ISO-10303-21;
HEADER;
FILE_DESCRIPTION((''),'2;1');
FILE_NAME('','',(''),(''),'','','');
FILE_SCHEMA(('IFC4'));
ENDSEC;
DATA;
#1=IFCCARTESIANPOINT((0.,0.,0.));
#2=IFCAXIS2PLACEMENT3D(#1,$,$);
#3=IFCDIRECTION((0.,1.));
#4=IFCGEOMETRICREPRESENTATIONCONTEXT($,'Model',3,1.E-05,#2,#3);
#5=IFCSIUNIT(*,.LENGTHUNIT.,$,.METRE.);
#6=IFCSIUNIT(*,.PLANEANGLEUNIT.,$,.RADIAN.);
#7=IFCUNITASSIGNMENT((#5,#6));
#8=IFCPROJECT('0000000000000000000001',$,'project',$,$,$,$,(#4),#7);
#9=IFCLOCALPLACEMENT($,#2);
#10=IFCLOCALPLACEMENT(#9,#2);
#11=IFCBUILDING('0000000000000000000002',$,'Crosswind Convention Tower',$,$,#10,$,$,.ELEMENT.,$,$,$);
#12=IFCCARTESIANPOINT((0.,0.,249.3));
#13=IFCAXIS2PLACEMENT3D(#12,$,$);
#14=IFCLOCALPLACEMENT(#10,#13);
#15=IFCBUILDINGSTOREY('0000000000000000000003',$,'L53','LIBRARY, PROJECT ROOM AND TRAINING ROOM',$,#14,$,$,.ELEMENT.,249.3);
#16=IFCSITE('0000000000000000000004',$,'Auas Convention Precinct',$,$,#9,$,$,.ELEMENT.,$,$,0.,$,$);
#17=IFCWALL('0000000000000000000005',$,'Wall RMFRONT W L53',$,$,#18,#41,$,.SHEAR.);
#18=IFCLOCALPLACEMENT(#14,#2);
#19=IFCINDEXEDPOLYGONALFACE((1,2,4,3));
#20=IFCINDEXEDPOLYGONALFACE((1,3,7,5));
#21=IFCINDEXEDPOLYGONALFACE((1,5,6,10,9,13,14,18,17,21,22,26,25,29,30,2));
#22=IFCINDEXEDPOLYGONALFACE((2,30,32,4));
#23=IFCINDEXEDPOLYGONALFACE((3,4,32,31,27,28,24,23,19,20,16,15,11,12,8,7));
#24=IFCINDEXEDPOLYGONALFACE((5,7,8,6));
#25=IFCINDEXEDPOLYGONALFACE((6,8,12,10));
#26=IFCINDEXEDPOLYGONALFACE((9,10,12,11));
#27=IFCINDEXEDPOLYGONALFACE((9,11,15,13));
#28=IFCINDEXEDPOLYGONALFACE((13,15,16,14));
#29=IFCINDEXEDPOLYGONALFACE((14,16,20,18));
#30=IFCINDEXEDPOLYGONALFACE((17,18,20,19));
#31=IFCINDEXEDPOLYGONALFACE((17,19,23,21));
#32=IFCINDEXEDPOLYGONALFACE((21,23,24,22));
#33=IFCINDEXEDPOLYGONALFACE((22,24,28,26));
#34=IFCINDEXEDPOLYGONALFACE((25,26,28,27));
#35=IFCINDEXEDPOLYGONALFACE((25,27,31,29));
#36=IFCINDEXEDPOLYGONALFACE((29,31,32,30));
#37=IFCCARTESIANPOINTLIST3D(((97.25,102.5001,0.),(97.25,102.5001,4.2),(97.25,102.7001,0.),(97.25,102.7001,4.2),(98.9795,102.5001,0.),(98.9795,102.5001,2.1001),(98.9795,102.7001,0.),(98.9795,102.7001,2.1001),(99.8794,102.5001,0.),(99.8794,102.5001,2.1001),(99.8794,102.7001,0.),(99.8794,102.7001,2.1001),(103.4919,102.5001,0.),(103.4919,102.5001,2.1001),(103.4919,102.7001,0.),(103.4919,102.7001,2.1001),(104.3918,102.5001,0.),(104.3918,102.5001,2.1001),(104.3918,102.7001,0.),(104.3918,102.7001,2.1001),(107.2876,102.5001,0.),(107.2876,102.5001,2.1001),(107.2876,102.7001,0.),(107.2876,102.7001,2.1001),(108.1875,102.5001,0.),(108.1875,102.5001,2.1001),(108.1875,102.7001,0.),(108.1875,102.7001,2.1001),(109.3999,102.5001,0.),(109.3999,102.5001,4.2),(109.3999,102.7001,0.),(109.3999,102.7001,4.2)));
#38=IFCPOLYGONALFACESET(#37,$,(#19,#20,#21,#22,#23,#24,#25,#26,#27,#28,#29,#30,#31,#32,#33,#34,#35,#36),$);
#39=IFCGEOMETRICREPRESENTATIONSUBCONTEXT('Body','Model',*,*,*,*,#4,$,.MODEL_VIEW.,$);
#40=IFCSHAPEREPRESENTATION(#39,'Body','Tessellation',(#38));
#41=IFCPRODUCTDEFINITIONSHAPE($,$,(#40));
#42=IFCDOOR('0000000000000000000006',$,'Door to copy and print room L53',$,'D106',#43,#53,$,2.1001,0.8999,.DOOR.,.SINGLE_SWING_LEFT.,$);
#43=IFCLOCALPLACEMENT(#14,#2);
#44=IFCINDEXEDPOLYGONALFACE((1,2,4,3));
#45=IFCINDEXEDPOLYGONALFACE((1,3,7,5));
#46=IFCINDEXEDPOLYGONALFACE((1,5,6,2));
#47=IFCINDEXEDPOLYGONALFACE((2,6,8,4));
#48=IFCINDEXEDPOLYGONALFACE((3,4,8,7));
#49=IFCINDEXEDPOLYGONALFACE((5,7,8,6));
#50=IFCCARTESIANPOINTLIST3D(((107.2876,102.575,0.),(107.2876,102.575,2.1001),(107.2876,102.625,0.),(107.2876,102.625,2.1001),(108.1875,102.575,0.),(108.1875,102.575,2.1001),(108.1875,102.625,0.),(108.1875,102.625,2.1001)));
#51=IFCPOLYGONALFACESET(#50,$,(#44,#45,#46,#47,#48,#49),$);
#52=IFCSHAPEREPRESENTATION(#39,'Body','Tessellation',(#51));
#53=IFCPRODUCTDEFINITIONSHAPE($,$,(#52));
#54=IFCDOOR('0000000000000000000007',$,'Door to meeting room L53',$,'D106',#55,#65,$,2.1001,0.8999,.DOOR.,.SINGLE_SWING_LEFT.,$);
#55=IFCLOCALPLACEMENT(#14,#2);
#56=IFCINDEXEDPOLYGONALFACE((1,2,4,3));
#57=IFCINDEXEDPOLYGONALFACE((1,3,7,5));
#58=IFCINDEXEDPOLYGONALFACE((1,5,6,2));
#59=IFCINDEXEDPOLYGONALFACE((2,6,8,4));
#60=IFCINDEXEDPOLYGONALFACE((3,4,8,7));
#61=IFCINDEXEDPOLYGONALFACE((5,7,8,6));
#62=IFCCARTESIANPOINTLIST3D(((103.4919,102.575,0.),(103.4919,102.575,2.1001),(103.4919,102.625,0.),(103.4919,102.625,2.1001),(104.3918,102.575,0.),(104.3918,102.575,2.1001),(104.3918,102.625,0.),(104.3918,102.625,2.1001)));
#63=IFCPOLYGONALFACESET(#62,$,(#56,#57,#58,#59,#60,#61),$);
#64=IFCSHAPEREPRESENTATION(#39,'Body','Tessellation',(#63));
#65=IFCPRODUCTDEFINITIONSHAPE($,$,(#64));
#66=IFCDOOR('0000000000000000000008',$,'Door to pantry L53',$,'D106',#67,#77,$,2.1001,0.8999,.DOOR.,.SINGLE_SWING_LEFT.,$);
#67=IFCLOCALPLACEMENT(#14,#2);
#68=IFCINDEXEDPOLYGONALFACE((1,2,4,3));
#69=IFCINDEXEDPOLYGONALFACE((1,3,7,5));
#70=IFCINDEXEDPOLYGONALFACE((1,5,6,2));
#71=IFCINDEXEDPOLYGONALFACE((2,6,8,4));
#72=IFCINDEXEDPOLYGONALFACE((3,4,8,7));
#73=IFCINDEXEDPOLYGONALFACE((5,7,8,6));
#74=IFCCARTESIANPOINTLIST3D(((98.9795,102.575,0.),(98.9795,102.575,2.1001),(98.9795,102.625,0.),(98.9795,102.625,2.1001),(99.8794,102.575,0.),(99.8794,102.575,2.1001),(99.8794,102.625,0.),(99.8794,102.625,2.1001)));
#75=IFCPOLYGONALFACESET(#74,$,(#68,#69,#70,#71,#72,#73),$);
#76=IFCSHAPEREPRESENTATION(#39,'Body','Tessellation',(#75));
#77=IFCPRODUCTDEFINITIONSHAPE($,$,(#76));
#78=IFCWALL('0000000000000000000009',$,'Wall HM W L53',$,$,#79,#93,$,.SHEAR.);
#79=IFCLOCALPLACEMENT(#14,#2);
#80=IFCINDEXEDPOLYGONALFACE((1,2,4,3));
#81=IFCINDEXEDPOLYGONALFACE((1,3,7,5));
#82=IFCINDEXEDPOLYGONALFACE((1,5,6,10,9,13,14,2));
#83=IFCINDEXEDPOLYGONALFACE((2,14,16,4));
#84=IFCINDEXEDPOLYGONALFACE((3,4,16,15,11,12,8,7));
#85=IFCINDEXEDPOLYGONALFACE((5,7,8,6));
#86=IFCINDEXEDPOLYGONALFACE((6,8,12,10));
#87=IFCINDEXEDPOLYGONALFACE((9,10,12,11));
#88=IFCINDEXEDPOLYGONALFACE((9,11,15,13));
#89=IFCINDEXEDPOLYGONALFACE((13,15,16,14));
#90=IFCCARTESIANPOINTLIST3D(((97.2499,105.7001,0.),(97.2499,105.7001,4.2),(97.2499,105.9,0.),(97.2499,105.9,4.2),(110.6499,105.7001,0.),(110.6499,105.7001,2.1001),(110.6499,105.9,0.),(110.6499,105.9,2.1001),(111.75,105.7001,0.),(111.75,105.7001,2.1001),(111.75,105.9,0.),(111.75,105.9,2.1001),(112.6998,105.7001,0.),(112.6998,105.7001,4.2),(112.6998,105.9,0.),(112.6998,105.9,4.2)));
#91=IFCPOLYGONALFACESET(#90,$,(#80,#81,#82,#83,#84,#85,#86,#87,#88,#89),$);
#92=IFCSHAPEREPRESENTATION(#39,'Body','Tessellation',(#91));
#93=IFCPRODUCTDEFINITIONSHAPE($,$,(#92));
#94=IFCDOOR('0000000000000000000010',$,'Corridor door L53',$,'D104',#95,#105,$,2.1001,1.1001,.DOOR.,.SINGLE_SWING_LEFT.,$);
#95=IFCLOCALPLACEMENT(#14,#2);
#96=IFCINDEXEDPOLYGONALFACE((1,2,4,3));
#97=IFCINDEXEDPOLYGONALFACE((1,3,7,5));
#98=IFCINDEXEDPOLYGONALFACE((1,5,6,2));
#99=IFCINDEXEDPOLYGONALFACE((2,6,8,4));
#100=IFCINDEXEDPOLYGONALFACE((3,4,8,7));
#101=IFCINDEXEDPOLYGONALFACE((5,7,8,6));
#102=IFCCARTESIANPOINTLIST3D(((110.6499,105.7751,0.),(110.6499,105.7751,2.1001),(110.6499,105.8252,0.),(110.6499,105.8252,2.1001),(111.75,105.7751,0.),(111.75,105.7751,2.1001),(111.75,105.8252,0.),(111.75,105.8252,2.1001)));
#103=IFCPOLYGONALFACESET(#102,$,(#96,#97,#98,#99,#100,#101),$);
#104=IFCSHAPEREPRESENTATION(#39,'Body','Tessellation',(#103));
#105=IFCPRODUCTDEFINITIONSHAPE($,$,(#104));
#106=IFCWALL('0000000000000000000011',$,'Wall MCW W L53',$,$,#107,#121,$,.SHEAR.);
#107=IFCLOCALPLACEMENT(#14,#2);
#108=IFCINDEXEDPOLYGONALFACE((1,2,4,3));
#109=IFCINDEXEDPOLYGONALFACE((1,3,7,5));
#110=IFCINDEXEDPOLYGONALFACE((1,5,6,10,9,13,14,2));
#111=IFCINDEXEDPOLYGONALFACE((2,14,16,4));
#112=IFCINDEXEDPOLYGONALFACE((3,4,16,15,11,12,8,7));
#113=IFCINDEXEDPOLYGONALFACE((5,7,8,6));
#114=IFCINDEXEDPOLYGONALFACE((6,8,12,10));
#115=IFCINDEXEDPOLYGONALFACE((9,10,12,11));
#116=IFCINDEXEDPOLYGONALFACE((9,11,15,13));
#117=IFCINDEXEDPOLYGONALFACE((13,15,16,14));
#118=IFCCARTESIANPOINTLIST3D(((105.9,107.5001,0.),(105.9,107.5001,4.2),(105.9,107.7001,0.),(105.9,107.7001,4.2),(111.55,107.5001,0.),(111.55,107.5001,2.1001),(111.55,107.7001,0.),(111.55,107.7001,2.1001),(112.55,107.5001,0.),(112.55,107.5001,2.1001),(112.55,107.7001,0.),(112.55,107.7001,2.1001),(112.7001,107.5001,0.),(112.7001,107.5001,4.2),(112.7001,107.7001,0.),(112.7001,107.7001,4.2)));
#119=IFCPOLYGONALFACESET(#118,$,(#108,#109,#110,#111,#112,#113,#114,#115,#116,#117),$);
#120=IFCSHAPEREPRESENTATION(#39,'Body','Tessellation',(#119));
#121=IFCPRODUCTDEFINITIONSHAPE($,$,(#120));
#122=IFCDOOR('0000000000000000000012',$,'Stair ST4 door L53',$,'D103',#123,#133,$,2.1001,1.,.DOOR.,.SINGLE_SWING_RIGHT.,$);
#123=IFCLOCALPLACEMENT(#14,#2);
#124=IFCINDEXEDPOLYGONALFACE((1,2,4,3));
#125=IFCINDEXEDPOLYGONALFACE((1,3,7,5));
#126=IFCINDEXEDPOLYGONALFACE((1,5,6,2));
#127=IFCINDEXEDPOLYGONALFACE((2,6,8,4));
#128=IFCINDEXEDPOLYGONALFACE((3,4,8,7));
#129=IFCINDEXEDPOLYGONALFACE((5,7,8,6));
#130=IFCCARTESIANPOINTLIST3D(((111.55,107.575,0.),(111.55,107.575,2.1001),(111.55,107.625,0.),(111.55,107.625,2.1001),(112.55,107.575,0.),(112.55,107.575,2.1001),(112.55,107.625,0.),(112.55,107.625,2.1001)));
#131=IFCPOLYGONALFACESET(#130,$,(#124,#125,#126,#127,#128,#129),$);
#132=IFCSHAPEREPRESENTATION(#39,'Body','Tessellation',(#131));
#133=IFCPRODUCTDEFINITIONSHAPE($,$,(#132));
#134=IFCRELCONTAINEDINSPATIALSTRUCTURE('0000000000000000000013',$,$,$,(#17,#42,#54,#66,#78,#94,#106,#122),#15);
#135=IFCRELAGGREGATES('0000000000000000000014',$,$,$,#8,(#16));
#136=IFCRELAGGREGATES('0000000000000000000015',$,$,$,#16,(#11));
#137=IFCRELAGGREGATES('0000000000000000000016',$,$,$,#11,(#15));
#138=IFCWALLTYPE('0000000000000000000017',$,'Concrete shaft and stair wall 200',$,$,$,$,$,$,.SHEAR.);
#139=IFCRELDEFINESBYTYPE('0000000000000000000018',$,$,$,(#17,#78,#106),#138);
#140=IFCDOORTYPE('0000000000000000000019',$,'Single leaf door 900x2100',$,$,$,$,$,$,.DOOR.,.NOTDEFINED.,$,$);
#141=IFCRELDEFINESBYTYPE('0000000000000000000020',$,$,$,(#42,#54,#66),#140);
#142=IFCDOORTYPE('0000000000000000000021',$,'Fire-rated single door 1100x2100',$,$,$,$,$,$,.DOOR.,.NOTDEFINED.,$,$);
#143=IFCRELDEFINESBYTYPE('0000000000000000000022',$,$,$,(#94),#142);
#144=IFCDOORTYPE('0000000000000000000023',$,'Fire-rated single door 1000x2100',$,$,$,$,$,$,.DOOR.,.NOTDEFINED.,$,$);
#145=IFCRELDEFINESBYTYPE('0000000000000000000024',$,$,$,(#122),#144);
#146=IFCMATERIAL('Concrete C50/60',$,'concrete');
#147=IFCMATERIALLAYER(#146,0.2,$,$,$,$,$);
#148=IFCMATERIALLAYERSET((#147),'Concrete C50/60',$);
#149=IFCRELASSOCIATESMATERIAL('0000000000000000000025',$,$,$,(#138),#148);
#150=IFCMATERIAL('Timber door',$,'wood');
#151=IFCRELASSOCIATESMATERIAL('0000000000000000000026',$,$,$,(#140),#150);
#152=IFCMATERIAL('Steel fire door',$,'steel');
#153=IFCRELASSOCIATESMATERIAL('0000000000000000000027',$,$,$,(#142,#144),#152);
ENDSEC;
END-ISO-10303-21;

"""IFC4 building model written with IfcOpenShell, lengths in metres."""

from ifc_helpers import new_model, si_unit, direction, frame, frame_2d, origin, place, context, subcontext, project, spatial, rectangle, extrude, material, layer, layer_set, type_object, element, fill, save


model = new_model("IFC4")

# Units and contexts
model_context = context("Model", 3, precision=1e-05, world=origin(), true_north=direction((0.0, 1.0)))
body_context = subcontext(model_context, "Body", "Model", "MODEL_VIEW")
ifc_project = project(units=[si_unit("LENGTHUNIT", "METRE"), si_unit("PLANEANGLEUNIT", "RADIAN")], contexts=[model_context])

# Site, building, storey
site_placement = place(None, origin())
site = spatial("IfcSite", under=ifc_project, at=site_placement, Name="Auas Convention Precinct", CompositionType="ELEMENT", RefElevation=0.0)
building_placement = place(site_placement, origin())
building = spatial("IfcBuilding", under=site, at=building_placement, Name="Crosswind Convention Tower", CompositionType="ELEMENT")
storey_placement = place(building_placement, frame((0.0, 0.0, 249.3)))
storey = spatial("IfcBuildingStorey", under=building, at=storey_placement, Name="L53", Description="LIBRARY, PROJECT ROOM AND TRAINING ROOM", CompositionType="ELEMENT", Elevation=249.3)

# Shared definitions
ifc_material_1 = material(Name="Concrete C50/60", Category="concrete")

# Wall, openings, doors
ifc_layer_1 = layer(ifc_material_1, 0.2)
ifc_layer_set_1 = layer_set([ifc_layer_1], Name="Concrete C50/60")
wall_type_1 = type_object("IfcWallType", Name="Concrete shaft and stair wall 200", PredefinedType="SHEAR", material=ifc_layer_set_1)
wall_1_placement = place(storey_placement, frame((109.3999, 102.6001, 0.0), z_axis=(0.0, 0.0, 1.0), x_axis=(-1.0, 0.0, 0.0)))
wall_1 = element("IfcWall", 1, at=wall_1_placement, inside=storey, type_object=wall_type_1, Name="Wall RMFRONT W L53", PredefinedType="SHEAR", context=body_context, shape_type="SweptSolid", body=[
    extrude(rectangle(XDim=12.1499, YDim=0.2, at=frame_2d((6.075, 0.0))), origin(), (0.0, 0.0, 1.0), 4.2),
])
opening_1_placement = place(wall_1_placement, frame((1.2124, 0.0, 0.0)))
opening_1 = element("IfcOpeningElement", 2, at=opening_1_placement, cuts=wall_1, PredefinedType="OPENING", context=body_context, shape_type="SweptSolid", body=[
    extrude(rectangle(XDim=0.8999, YDim=2.1001, at=frame_2d((0.45, 1.05))), frame((0.0, 0.1099, 0.0), z_axis=(0.0, -1.0, 0.0), x_axis=(1.0, 0.0, 0.0)), (0.0, 0.0, 1.0), 0.22),
])
opening_2_placement = place(wall_1_placement, frame((5.0081, 0.0, 0.0)))
opening_2 = element("IfcOpeningElement", 3, at=opening_2_placement, cuts=wall_1, PredefinedType="OPENING", context=body_context, shape_type="SweptSolid", body=[
    extrude(rectangle(XDim=0.8999, YDim=2.1001, at=frame_2d((0.45, 1.05))), frame((0.0, 0.1099, 0.0), z_axis=(0.0, -1.0, 0.0), x_axis=(1.0, 0.0, 0.0)), (0.0, 0.0, 1.0), 0.22),
])
opening_3_placement = place(wall_1_placement, frame((9.5205, 0.0, 0.0)))
opening_3 = element("IfcOpeningElement", 4, at=opening_3_placement, cuts=wall_1, PredefinedType="OPENING", context=body_context, shape_type="SweptSolid", body=[
    extrude(rectangle(XDim=0.8999, YDim=2.1001, at=frame_2d((0.45, 1.05))), frame((0.0, 0.1099, 0.0), z_axis=(0.0, -1.0, 0.0), x_axis=(1.0, 0.0, 0.0)), (0.0, 0.0, 1.0), 0.22),
])
ifc_material_2 = material(Name="Timber door", Category="wood")
door_type_1 = type_object("IfcDoorType", Name="Single leaf door 900x2100", OperationType="NOTDEFINED", PredefinedType="DOOR", material=ifc_material_2)
door_1_placement = place(opening_1_placement, frame((0.8999, 0.0, 0.0), z_axis=(0.0, 0.0, 1.0), x_axis=(-1.0, 0.0, 0.0)))
door_1 = element("IfcDoor", 5, at=door_1_placement, inside=storey, type_object=door_type_1, Name="Door to copy and print room L53", ObjectType="D106", OperationType="SINGLE_SWING_LEFT", OverallHeight=2.1001, OverallWidth=0.8999, PredefinedType="DOOR", context=body_context, shape_type="SweptSolid", body=[
    extrude(rectangle(XDim=0.8999, YDim=2.1001, at=frame_2d((0.45, 1.05))), frame((0.0, 0.0249, 0.0), z_axis=(0.0, -1.0, 0.0), x_axis=(1.0, 0.0, 0.0)), (0.0, 0.0, 1.0), 0.05),
])
fill(opening_1, door_1)
door_2_placement = place(opening_2_placement, frame((0.8999, 0.0, 0.0), z_axis=(0.0, 0.0, 1.0), x_axis=(-1.0, 0.0, 0.0)))
door_2 = element("IfcDoor", 6, at=door_2_placement, inside=storey, type_object=door_type_1, Name="Door to meeting room L53", ObjectType="D106", OperationType="SINGLE_SWING_LEFT", OverallHeight=2.1001, OverallWidth=0.8999, PredefinedType="DOOR", context=body_context, shape_type="SweptSolid", body=[
    extrude(rectangle(XDim=0.8999, YDim=2.1001, at=frame_2d((0.45, 1.05))), frame((0.0, 0.0249, 0.0), z_axis=(0.0, -1.0, 0.0), x_axis=(1.0, 0.0, 0.0)), (0.0, 0.0, 1.0), 0.05),
])
fill(opening_2, door_2)
door_3_placement = place(opening_3_placement, frame((0.8999, 0.0, 0.0), z_axis=(0.0, 0.0, 1.0), x_axis=(-1.0, 0.0, 0.0)))
door_3 = element("IfcDoor", 7, at=door_3_placement, inside=storey, type_object=door_type_1, Name="Door to pantry L53", ObjectType="D106", OperationType="SINGLE_SWING_LEFT", OverallHeight=2.1001, OverallWidth=0.8999, PredefinedType="DOOR", context=body_context, shape_type="SweptSolid", body=[
    extrude(rectangle(XDim=0.8999, YDim=2.1001, at=frame_2d((0.45, 1.05))), frame((0.0, 0.0249, 0.0), z_axis=(0.0, -1.0, 0.0), x_axis=(1.0, 0.0, 0.0)), (0.0, 0.0, 1.0), 0.05),
])
fill(opening_3, door_3)

# Walls, openings, doors
wall_2_placement = place(storey_placement, frame((112.7, 105.8, 0.0), z_axis=(0.0, 0.0, 1.0), x_axis=(-1.0, 0.0, 0.0)))
wall_2 = element("IfcWall", 8, at=wall_2_placement, inside=storey, type_object=wall_type_1, Name="Wall HM W L53", PredefinedType="SHEAR", context=body_context, shape_type="SweptSolid", body=[
    extrude(rectangle(XDim=15.45, YDim=0.2, at=frame_2d((7.7251, 0.0))), origin(), (0.0, 0.0, 1.0), 4.2),
])
opening_4_placement = place(wall_2_placement, frame((0.95, 0.0, 0.0)))
opening_4 = element("IfcOpeningElement", 9, at=opening_4_placement, cuts=wall_2, PredefinedType="OPENING", context=body_context, shape_type="SweptSolid", body=[
    extrude(rectangle(XDim=1.1001, YDim=2.1001, at=frame_2d((0.55, 1.05))), frame((0.0, 0.1099, 0.0), z_axis=(0.0, -1.0, 0.0), x_axis=(1.0, 0.0, 0.0)), (0.0, 0.0, 1.0), 0.22),
])
ifc_material_3 = material(Name="Steel fire door", Category="steel")
door_type_2 = type_object("IfcDoorType", Name="Fire-rated single door 1100x2100", OperationType="NOTDEFINED", PredefinedType="DOOR", material=ifc_material_3)
door_4_placement = place(opening_4_placement, origin())
door_4 = element("IfcDoor", 10, at=door_4_placement, inside=storey, type_object=door_type_2, Name="Corridor door L53", ObjectType="D104", OperationType="SINGLE_SWING_LEFT", OverallHeight=2.1001, OverallWidth=1.1001, PredefinedType="DOOR", context=body_context, shape_type="SweptSolid", body=[
    extrude(rectangle(XDim=1.1001, YDim=2.1001, at=frame_2d((0.55, 1.05))), frame((0.0, 0.0249, 0.0), z_axis=(0.0, -1.0, 0.0), x_axis=(1.0, 0.0, 0.0)), (0.0, 0.0, 1.0), 0.05),
])
fill(opening_4, door_4)
wall_3_placement = place(storey_placement, frame((112.7, 107.6001, 0.0), z_axis=(0.0, 0.0, 1.0), x_axis=(-1.0, 0.0, 0.0)))
wall_3 = element("IfcWall", 11, at=wall_3_placement, inside=storey, type_object=wall_type_1, Name="Wall MCW W L53", PredefinedType="SHEAR", context=body_context, shape_type="SweptSolid", body=[
    extrude(rectangle(XDim=6.8, YDim=0.2, at=frame_2d((3.3999, 0.0))), origin(), (0.0, 0.0, 1.0), 4.2),
])
opening_5_placement = place(wall_3_placement, frame((0.1499, 0.0, 0.0)))
opening_5 = element("IfcOpeningElement", 12, at=opening_5_placement, cuts=wall_3, PredefinedType="OPENING", context=body_context, shape_type="SweptSolid", body=[
    extrude(rectangle(XDim=1.0, YDim=2.1001, at=frame_2d((0.5, 1.05))), frame((0.0, 0.1099, 0.0), z_axis=(0.0, -1.0, 0.0), x_axis=(1.0, 0.0, 0.0)), (0.0, 0.0, 1.0), 0.22),
])
door_type_3 = type_object("IfcDoorType", Name="Fire-rated single door 1000x2100", OperationType="NOTDEFINED", PredefinedType="DOOR", material=ifc_material_3)
door_5_placement = place(opening_5_placement, frame((1.0, 0.0, 0.0), z_axis=(0.0, 0.0, 1.0), x_axis=(-1.0, 0.0, 0.0)))
door_5 = element("IfcDoor", 13, at=door_5_placement, inside=storey, type_object=door_type_3, Name="Stair ST4 door L53", ObjectType="D103", OperationType="SINGLE_SWING_RIGHT", OverallHeight=2.1001, OverallWidth=1.0, PredefinedType="DOOR", context=body_context, shape_type="SweptSolid", body=[
    extrude(rectangle(XDim=1.0, YDim=2.1001, at=frame_2d((0.5, 1.05))), frame((0.0, 0.0249, 0.0), z_axis=(0.0, -1.0, 0.0), x_axis=(1.0, 0.0, 0.0)), (0.0, 0.0, 1.0), 0.05),
])
fill(opening_5, door_5)

save(model, "model.ifc")
